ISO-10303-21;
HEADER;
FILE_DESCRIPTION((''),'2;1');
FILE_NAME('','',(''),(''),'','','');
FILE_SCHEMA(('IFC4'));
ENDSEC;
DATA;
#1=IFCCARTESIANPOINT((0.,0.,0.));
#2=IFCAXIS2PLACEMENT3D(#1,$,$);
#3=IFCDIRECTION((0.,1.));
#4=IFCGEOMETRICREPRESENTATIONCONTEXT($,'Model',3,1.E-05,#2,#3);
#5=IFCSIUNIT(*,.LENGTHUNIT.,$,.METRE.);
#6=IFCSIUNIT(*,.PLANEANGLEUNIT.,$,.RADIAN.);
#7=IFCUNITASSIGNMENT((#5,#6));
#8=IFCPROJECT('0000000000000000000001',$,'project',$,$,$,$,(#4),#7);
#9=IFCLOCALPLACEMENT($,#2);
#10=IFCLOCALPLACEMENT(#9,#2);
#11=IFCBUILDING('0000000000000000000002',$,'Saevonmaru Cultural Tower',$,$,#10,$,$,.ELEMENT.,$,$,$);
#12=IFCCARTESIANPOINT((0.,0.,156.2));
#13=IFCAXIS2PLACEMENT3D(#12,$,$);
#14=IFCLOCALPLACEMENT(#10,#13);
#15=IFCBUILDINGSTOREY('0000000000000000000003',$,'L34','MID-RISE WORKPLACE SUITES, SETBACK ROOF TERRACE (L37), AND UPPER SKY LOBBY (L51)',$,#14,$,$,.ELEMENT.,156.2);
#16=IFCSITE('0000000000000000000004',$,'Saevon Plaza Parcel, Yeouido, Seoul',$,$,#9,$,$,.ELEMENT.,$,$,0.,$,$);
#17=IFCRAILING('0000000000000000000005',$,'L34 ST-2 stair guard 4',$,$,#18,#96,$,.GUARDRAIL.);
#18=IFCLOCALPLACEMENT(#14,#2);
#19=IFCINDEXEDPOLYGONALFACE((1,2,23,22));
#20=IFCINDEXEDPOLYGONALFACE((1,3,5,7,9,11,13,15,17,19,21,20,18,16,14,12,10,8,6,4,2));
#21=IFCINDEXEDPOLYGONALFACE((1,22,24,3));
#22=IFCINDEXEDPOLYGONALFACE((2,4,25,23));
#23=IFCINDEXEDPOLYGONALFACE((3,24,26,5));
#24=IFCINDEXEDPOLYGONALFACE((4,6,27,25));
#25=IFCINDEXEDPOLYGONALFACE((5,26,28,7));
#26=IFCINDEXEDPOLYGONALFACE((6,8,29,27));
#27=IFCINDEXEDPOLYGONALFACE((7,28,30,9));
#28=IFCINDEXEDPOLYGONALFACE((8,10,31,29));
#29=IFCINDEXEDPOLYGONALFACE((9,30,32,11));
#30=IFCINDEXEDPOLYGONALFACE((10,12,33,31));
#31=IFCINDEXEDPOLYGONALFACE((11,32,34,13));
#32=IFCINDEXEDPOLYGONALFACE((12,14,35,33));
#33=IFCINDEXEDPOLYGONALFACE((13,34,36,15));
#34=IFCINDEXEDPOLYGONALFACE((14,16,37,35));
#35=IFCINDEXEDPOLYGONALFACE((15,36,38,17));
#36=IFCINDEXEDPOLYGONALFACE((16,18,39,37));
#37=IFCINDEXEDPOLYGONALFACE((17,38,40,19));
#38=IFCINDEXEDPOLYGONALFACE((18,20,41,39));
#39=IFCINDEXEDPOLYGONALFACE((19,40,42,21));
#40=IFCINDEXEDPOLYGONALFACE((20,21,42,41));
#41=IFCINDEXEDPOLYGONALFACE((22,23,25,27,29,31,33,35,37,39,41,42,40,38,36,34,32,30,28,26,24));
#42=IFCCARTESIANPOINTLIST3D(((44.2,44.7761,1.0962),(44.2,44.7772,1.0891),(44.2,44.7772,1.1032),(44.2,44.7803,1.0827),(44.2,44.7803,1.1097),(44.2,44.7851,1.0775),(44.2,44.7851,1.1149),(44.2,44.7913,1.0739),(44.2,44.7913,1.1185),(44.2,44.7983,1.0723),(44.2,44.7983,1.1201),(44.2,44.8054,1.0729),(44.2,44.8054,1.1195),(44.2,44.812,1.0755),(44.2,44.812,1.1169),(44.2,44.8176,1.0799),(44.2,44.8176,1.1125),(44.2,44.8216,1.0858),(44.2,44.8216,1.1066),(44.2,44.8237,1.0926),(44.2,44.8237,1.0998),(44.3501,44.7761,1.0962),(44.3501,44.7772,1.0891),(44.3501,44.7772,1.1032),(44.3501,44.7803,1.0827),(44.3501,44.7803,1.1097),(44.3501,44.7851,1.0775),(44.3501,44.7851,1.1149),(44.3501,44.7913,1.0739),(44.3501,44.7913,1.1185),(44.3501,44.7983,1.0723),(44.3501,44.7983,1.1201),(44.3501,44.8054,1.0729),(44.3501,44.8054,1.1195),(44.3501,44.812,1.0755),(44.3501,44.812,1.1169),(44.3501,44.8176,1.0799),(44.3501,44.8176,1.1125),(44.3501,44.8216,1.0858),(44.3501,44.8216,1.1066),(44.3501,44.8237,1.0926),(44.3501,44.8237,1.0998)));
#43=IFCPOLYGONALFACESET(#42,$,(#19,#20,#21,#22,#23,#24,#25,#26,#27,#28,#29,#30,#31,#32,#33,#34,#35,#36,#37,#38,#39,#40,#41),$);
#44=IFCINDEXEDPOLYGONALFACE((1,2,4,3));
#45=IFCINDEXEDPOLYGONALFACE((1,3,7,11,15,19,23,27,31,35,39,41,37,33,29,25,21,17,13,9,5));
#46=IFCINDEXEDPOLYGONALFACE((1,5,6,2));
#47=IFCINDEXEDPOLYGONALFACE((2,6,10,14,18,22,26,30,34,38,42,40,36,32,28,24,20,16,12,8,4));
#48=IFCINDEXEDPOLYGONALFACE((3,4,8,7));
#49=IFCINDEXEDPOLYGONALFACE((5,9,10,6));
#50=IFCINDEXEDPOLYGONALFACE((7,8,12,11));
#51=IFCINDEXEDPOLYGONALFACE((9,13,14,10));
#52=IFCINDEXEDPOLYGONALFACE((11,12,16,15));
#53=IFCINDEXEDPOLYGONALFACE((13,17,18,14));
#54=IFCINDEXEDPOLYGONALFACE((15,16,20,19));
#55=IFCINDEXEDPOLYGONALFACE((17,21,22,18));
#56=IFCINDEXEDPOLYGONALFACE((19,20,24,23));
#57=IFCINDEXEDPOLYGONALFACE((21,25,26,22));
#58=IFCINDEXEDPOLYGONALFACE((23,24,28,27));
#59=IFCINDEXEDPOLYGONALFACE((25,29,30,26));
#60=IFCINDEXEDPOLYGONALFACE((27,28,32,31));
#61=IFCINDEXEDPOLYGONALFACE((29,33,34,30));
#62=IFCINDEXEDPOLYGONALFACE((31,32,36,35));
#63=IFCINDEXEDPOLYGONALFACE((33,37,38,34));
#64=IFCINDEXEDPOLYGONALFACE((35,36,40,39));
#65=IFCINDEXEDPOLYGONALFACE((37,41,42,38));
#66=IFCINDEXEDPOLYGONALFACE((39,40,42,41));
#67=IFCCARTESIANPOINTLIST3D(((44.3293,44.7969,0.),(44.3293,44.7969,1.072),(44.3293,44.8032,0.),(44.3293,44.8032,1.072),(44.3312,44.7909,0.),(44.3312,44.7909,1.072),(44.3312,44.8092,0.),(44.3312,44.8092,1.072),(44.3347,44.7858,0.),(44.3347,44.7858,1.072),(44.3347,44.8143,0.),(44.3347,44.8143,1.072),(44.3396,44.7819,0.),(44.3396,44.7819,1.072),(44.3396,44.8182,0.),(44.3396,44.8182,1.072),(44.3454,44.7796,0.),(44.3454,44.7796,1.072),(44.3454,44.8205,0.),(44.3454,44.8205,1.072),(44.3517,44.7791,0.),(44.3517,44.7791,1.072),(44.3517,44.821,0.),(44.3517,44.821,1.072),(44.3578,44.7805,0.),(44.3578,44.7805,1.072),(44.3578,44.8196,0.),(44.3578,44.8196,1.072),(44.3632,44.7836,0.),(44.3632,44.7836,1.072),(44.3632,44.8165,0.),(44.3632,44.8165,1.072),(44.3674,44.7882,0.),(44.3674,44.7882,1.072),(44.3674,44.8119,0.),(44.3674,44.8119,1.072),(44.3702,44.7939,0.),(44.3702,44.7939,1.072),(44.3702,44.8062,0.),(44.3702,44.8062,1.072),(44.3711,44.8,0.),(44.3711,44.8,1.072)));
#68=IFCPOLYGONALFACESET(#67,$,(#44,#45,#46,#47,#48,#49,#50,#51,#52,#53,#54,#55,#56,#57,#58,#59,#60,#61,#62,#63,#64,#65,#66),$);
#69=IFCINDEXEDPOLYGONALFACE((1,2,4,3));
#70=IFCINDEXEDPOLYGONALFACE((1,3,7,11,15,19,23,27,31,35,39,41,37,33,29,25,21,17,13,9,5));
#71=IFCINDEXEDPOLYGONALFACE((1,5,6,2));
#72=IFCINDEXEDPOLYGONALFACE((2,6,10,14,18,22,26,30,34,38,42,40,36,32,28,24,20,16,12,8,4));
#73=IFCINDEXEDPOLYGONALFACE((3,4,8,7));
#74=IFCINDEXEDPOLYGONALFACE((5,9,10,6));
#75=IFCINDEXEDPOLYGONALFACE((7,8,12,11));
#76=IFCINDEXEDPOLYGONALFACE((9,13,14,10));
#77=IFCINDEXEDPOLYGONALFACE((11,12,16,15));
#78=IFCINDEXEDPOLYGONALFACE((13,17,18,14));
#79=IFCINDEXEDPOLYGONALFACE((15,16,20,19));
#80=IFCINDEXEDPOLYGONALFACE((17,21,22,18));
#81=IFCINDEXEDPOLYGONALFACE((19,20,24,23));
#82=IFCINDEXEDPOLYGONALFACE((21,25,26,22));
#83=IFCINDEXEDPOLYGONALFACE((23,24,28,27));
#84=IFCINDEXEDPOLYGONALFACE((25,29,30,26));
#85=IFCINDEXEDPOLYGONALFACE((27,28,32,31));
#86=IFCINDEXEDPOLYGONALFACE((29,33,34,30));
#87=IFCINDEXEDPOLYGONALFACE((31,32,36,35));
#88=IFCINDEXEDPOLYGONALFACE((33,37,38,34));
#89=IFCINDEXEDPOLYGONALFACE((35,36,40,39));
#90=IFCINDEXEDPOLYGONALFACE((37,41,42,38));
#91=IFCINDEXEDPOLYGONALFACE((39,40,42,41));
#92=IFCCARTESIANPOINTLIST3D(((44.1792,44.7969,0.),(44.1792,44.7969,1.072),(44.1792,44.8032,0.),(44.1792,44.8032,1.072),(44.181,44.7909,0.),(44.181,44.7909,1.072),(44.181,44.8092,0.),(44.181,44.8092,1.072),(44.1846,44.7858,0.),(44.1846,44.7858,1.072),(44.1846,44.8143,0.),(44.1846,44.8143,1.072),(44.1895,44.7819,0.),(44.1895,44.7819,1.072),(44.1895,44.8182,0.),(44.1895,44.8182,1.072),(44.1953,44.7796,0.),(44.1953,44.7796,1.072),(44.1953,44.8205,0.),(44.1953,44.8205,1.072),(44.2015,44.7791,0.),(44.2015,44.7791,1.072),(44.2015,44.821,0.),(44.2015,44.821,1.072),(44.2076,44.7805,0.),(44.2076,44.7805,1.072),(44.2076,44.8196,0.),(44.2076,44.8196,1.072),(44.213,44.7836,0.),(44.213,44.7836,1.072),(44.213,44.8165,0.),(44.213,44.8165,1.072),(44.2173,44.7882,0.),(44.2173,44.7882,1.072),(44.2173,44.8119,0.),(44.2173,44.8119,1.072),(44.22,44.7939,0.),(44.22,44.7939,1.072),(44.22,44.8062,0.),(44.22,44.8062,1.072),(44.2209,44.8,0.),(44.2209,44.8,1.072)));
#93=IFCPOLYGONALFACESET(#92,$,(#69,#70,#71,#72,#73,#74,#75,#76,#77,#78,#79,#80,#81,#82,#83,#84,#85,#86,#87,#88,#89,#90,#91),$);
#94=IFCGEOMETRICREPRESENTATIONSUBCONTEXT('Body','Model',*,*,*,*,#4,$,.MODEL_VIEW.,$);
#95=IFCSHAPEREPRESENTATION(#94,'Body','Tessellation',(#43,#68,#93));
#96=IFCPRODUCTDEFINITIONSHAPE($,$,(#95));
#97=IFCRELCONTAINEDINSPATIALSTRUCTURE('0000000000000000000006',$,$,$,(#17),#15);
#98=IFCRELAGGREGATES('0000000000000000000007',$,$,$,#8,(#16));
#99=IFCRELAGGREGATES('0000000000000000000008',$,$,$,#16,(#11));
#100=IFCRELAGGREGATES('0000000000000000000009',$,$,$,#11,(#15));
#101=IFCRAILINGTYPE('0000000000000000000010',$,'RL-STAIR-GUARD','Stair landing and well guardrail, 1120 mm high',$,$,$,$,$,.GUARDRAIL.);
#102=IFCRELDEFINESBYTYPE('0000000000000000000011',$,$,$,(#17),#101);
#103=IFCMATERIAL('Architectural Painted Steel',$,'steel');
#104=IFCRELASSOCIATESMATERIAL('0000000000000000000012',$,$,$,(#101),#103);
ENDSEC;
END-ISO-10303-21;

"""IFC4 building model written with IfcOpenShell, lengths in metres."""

from ifc_helpers import new_model, si_unit, direction, frame, origin, origin_2d, place, context, subcontext, project, spatial, circle, extrude, material, type_object, element, save


model = new_model("IFC4")

# Units and contexts
model_context = context("Model", 3, precision=1e-05, world=origin(), true_north=direction((0.0, 1.0)))
body_context = subcontext(model_context, "Body", "Model", "MODEL_VIEW")
ifc_project = project(units=[si_unit("LENGTHUNIT", "METRE"), si_unit("PLANEANGLEUNIT", "RADIAN")], contexts=[model_context])

# Site, building, storey
site_placement = place(None, origin())
site = spatial("IfcSite", under=ifc_project, at=site_placement, Name="Saevon Plaza Parcel, Yeouido, Seoul", CompositionType="ELEMENT", RefElevation=0.0)
building_placement = place(site_placement, origin())
building = spatial("IfcBuilding", under=site, at=building_placement, Name="Saevonmaru Cultural Tower", CompositionType="ELEMENT")
storey_placement = place(building_placement, frame((0.0, 0.0, 156.2)))
storey = spatial("IfcBuildingStorey", under=building, at=storey_placement, Name="L34", Description="MID-RISE WORKPLACE SUITES, SETBACK ROOF TERRACE (L37), AND UPPER SKY LOBBY (L51)", CompositionType="ELEMENT", Elevation=156.2)

# Railing
ifc_material_1 = material(Name="Architectural Painted Steel", Category="steel")
railing_type_1 = type_object("IfcRailingType", Name="RL-STAIR-GUARD", Description="Stair landing and well guardrail, 1120 mm high", PredefinedType="GUARDRAIL", material=ifc_material_1)
railing_1_placement = place(storey_placement, frame((44.3501, 44.8, 0.0)))
element("IfcRailing", 1, at=railing_1_placement, inside=storey, type_object=railing_type_1, Name="L34 ST-2 stair guard 4", PredefinedType="GUARDRAIL", context=body_context, shape_type="SweptSolid", body=[
    extrude(circle(Radius=0.0239, at=origin_2d()), frame((0.0, 0.0, 1.0962), z_axis=(-1.0, 0.0, 0.0), x_axis=(0.0, -1.0, 0.0)), (0.0, 0.0, 1.0), 0.1501),
    extrude(circle(Radius=0.021, at=origin_2d()), origin(), (0.0, 0.0, 1.0), 1.072),
    extrude(circle(Radius=0.021, at=origin_2d()), frame((-0.1501, 0.0, 0.0)), (0.0, 0.0, 1.0), 1.072),
])

save(model, "model.ifc")
